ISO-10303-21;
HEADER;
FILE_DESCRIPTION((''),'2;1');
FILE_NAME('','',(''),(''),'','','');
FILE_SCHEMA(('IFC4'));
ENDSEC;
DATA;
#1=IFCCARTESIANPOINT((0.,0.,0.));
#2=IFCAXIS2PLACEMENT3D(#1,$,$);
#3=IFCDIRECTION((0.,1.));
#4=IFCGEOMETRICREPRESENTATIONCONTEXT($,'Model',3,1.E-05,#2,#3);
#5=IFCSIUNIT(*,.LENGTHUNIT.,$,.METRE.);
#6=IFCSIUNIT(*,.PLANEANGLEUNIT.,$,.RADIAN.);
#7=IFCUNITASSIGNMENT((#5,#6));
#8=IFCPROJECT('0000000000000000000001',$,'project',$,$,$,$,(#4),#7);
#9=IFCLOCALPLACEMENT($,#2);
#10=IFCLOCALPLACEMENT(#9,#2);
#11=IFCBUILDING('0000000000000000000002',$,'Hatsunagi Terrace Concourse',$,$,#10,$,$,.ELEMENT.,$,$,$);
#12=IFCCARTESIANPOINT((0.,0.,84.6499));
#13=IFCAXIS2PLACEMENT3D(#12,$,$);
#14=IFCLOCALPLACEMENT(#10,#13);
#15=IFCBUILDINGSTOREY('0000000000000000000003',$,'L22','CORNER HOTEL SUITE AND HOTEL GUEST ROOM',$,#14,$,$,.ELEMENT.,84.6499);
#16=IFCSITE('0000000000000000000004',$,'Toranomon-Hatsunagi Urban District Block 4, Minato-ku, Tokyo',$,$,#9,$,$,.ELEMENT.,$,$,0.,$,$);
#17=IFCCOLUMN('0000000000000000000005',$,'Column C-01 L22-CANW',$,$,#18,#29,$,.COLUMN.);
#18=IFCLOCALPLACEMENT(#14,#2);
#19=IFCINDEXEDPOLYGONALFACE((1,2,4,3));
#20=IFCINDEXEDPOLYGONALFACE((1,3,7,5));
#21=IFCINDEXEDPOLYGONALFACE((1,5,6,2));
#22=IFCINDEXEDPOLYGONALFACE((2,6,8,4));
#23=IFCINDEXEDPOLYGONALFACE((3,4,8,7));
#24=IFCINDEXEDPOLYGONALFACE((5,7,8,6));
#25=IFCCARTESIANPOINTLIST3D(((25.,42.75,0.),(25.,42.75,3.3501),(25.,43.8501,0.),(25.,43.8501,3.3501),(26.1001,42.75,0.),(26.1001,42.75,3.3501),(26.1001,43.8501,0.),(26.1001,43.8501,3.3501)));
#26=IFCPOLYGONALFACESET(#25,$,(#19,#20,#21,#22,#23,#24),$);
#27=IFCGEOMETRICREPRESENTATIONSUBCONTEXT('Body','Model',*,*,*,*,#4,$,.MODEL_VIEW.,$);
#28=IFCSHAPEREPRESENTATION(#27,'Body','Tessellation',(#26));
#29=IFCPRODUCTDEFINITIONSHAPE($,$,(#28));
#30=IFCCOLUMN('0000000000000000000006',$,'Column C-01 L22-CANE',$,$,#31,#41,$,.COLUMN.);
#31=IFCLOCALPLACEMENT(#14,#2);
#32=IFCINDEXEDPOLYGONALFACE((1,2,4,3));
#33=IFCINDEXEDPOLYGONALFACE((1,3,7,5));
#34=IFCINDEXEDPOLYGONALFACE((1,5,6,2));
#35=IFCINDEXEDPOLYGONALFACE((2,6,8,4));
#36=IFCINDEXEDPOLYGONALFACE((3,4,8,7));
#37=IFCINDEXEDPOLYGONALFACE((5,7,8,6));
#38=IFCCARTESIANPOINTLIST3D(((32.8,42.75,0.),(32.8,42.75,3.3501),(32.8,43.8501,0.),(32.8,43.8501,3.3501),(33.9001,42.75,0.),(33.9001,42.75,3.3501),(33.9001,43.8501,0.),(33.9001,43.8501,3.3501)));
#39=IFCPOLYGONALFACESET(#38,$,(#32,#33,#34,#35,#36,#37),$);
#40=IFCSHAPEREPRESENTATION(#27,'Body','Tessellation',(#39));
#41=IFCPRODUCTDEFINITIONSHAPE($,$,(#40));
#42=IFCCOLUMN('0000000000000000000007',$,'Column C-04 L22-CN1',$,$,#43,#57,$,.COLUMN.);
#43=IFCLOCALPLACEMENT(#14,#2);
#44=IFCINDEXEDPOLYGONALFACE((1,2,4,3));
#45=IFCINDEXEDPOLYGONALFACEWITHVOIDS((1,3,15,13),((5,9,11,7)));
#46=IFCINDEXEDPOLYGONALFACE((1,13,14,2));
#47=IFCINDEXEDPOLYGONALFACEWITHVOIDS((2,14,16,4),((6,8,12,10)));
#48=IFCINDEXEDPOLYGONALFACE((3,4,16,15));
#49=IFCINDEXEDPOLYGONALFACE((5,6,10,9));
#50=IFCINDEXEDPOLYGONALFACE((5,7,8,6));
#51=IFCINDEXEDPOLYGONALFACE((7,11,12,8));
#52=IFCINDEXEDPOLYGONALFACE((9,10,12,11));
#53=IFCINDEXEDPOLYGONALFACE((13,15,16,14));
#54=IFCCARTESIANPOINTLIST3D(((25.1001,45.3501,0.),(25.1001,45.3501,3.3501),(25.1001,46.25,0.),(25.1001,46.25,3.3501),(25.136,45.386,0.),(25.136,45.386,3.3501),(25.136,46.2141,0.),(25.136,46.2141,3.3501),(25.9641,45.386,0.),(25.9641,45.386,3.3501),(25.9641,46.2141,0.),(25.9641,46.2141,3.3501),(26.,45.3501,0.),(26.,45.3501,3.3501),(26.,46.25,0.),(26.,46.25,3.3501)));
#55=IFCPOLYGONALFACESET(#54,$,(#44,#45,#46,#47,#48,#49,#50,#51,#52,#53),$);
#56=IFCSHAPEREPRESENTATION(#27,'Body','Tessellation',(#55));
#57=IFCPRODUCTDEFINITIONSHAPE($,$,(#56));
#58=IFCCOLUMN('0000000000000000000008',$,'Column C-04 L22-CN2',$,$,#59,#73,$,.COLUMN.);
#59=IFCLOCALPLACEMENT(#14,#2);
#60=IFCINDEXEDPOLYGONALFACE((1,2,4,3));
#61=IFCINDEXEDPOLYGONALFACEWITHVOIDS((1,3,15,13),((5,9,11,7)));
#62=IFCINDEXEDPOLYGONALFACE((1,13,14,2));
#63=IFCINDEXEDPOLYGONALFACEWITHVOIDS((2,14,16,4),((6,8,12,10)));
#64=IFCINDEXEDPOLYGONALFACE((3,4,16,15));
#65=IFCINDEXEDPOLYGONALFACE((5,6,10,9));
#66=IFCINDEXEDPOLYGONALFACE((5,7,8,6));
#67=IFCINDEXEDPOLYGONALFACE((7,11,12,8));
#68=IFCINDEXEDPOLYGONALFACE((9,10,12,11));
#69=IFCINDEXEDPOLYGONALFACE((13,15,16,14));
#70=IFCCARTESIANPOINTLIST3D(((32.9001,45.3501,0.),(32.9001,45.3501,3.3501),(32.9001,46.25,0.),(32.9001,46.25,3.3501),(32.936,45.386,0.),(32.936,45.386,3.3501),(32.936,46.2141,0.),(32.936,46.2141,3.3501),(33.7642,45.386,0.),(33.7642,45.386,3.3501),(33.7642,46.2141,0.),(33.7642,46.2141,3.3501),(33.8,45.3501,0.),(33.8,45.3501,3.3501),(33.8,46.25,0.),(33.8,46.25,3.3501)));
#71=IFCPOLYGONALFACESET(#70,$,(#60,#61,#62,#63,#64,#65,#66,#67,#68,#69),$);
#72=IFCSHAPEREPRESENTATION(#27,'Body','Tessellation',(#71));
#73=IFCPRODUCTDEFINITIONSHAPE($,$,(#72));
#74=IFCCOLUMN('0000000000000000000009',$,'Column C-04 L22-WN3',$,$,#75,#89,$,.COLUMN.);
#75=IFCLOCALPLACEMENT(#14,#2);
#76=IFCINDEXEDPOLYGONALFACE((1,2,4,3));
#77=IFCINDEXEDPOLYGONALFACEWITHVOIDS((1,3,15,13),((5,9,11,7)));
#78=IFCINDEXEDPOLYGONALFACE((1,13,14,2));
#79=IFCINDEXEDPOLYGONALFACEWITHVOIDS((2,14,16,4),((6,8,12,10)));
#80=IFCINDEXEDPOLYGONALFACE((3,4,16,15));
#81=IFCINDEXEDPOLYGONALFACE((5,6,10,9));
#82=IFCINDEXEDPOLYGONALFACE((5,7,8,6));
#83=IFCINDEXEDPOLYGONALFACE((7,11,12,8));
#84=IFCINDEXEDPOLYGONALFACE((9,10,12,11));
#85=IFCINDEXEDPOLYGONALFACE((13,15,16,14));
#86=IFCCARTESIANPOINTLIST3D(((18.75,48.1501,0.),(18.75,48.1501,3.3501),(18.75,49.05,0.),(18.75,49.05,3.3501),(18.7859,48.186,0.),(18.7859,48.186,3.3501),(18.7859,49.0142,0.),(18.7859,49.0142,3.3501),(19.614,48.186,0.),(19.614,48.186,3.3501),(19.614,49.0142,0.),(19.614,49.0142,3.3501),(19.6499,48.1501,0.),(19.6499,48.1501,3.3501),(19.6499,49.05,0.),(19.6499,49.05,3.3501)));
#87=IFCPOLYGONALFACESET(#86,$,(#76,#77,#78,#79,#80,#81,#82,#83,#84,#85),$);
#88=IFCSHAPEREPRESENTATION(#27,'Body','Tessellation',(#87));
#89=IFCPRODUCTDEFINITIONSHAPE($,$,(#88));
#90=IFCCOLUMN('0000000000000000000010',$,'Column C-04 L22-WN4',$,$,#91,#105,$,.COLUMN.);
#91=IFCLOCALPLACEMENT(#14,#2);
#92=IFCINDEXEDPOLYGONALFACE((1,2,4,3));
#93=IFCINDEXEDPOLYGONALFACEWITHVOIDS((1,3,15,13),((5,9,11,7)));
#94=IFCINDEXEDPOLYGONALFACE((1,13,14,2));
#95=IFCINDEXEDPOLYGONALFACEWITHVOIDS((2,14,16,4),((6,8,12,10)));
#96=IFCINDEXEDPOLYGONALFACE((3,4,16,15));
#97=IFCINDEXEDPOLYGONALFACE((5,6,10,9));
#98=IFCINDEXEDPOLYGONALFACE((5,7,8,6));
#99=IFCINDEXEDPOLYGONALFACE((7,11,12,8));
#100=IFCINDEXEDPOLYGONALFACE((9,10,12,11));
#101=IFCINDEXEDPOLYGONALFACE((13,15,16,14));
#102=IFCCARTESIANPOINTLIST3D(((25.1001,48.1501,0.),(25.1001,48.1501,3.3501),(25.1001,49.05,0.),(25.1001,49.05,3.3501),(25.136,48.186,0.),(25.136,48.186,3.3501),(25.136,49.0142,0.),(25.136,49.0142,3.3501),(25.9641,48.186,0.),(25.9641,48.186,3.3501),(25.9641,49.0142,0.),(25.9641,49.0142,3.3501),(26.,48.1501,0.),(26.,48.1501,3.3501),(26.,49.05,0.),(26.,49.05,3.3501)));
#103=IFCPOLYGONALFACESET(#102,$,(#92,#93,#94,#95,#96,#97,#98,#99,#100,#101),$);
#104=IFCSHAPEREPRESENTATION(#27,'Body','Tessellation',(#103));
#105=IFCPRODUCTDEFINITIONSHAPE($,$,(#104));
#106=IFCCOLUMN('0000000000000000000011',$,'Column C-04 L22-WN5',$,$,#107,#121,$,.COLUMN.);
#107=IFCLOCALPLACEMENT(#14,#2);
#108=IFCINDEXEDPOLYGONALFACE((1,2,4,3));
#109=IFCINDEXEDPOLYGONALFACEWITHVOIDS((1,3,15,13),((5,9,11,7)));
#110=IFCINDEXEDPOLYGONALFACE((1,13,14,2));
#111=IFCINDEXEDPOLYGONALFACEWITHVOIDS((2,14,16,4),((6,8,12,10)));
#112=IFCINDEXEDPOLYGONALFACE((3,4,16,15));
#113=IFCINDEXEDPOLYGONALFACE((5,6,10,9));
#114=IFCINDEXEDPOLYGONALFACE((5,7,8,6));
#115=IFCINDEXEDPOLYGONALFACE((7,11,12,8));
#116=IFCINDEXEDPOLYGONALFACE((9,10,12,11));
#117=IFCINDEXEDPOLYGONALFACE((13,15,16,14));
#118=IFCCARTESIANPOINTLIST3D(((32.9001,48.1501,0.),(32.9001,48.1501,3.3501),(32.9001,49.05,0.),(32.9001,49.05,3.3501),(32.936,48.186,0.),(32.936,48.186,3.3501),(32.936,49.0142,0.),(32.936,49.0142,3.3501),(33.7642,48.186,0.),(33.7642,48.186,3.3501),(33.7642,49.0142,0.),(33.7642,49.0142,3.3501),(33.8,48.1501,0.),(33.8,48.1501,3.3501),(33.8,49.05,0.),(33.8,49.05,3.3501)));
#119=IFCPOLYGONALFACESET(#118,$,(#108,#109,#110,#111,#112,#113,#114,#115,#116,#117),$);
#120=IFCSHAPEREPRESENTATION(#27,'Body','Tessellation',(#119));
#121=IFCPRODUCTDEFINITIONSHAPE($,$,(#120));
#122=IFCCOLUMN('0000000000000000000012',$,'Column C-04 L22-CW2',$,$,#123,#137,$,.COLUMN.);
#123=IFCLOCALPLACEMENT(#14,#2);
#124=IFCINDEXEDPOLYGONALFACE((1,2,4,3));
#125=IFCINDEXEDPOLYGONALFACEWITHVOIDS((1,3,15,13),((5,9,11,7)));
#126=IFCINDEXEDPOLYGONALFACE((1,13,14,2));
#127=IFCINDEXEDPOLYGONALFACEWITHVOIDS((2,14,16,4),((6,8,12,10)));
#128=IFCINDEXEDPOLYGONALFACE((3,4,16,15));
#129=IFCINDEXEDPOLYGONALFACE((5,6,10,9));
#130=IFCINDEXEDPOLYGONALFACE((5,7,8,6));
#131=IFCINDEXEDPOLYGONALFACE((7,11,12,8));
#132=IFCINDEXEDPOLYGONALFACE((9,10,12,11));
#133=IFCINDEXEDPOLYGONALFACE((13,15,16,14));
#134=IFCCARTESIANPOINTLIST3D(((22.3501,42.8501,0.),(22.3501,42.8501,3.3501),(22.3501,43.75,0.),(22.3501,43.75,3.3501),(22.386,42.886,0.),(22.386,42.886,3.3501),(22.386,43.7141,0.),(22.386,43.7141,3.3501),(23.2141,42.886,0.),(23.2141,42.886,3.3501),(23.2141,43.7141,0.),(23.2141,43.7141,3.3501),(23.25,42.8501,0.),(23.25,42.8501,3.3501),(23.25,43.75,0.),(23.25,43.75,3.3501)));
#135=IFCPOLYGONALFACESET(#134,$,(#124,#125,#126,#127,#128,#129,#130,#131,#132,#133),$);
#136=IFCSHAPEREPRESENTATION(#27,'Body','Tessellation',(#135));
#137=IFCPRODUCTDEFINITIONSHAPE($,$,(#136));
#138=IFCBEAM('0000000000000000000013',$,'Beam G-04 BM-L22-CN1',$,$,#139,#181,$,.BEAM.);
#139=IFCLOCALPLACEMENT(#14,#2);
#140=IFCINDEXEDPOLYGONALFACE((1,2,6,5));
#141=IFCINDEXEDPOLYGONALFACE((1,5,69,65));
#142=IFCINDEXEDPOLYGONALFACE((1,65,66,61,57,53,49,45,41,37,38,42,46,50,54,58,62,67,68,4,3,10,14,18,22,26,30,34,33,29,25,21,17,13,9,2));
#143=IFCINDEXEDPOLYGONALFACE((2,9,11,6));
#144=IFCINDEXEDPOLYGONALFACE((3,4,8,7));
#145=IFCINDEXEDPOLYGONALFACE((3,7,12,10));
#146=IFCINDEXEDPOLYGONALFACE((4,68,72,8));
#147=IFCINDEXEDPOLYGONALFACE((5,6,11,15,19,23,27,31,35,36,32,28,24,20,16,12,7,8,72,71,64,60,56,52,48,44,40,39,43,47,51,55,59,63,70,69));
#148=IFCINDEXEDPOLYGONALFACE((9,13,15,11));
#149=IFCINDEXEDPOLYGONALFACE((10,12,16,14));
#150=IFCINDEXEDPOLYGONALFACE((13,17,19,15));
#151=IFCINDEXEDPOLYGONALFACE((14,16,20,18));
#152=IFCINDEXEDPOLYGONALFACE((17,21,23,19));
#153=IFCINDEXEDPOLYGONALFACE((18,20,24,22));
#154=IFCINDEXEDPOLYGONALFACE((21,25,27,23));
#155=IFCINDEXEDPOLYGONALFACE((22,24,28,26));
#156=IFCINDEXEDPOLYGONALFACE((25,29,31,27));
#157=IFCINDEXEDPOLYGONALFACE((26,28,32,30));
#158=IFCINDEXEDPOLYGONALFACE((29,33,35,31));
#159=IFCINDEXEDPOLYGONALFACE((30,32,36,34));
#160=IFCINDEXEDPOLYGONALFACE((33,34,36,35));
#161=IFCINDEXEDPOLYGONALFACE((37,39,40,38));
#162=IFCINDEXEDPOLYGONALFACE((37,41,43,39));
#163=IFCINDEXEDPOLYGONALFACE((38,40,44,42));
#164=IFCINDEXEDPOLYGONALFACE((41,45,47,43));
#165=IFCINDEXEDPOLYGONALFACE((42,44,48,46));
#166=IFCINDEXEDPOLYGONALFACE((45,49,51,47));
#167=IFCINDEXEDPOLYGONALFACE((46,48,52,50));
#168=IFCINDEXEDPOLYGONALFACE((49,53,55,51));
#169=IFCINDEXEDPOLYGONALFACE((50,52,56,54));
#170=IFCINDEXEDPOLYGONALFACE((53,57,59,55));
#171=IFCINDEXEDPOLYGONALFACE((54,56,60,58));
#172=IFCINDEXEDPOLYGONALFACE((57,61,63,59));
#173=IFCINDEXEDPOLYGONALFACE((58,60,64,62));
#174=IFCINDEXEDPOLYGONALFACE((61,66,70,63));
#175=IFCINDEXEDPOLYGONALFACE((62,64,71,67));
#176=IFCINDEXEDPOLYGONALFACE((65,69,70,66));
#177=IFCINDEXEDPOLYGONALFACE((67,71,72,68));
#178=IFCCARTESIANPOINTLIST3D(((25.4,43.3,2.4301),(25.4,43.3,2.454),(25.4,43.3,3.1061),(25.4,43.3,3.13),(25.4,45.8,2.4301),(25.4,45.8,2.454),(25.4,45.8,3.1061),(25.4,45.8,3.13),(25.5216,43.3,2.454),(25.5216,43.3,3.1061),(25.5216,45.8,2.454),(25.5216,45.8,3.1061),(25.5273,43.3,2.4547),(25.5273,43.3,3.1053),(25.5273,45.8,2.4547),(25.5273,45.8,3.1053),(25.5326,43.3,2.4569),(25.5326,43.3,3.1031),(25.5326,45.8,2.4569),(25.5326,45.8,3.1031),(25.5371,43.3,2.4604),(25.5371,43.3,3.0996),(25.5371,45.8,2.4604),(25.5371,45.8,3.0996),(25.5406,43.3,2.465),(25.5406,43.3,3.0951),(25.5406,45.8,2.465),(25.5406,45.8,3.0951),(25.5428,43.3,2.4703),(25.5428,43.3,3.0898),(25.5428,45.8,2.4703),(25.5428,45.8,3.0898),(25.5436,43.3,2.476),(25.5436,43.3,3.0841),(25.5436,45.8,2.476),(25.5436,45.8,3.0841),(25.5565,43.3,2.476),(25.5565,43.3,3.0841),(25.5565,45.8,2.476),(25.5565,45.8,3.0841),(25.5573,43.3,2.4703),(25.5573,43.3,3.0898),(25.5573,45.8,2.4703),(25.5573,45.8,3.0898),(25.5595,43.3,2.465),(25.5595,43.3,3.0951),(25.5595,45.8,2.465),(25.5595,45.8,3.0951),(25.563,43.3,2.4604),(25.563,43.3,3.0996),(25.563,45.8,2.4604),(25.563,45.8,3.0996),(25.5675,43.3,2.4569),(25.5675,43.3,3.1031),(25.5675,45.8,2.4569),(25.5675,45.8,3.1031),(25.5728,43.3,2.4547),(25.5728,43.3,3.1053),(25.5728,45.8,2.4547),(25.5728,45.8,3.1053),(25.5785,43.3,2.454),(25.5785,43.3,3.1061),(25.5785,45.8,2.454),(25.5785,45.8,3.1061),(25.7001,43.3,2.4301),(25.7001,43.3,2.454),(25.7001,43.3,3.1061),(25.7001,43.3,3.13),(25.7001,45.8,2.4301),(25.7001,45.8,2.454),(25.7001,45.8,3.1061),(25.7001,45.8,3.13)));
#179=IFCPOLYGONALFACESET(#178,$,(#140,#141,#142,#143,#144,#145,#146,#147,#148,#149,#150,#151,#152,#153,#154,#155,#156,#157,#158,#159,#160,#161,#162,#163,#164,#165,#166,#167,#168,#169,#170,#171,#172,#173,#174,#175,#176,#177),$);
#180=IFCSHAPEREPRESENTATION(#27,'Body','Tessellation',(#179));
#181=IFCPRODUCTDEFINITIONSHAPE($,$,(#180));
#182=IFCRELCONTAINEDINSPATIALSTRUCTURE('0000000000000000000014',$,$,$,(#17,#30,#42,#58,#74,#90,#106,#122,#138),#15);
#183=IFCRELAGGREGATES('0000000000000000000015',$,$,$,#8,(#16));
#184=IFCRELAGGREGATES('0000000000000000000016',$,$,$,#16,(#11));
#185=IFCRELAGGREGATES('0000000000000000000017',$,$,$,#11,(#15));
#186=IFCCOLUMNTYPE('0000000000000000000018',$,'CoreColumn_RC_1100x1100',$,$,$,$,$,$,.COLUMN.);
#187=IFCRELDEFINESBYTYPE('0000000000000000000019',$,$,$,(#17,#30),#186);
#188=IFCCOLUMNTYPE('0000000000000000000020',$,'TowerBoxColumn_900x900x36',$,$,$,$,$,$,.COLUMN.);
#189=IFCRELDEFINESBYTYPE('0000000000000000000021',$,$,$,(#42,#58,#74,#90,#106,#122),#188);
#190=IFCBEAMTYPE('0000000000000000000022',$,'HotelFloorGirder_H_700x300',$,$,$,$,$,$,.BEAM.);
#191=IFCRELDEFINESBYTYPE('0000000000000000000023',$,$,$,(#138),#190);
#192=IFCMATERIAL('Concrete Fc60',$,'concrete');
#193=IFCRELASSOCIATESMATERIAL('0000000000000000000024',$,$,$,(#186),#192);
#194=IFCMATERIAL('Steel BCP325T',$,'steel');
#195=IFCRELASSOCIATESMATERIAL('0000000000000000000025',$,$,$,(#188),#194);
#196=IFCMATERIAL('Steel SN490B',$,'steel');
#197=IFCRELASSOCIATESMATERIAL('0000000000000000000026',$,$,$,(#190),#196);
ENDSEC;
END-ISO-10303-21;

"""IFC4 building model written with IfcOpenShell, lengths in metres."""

from ifc_helpers import new_model, si_unit, direction, frame, origin, origin_2d, place, context, subcontext, project, spatial, rectangle, hollow_rectangle, i_section, extrude, material, material_profile, profile_set, type_object, element, save


model = new_model("IFC4")

# Units and contexts
model_context = context("Model", 3, precision=1e-05, world=origin(), true_north=direction((0.0, 1.0)))
body_context = subcontext(model_context, "Body", "Model", "MODEL_VIEW")
ifc_project = project(units=[si_unit("LENGTHUNIT", "METRE"), si_unit("PLANEANGLEUNIT", "RADIAN")], contexts=[model_context])

# Site, building, storey
site_placement = place(None, origin())
site = spatial("IfcSite", under=ifc_project, at=site_placement, Name="Toranomon-Hatsunagi Urban District Block 4, Minato-ku, Tokyo", CompositionType="ELEMENT", RefElevation=0.0)
building_placement = place(site_placement, origin())
building = spatial("IfcBuilding", under=site, at=building_placement, Name="Hatsunagi Terrace Concourse", CompositionType="ELEMENT")
storey_placement = place(building_placement, frame((0.0, 0.0, 84.6499)))
storey = spatial("IfcBuildingStorey", under=building, at=storey_placement, Name="L22", Description="CORNER HOTEL SUITE AND HOTEL GUEST ROOM", CompositionType="ELEMENT", Elevation=84.6499)

# Columns
ifc_material_1 = material(Name="Concrete Fc60", Category="concrete")
ifc_material_profile_1 = material_profile(ifc_material_1, rectangle(XDim=1.1001, YDim=1.1001, at=origin_2d()), Name="RC-1100x1100")
ifc_profile_set_1 = profile_set([ifc_material_profile_1], Name="Concrete Fc60")
column_type_1 = type_object("IfcColumnType", Name="CoreColumn_RC_1100x1100", PredefinedType="COLUMN", material=ifc_profile_set_1)
for number, where, z_axis, x_axis, name in (
    (1, (25.55, 43.3, 0.0), (0.0, 0.0, 1.0), (1.0, 0.0, 0.0), "Column C-01 L22-CANW"),
    (2, (33.3501, 43.3, 0.0), (0.0, 0.0, 1.0), (1.0, 0.0, 0.0), "Column C-01 L22-CANE"),
):
    element("IfcColumn", number, at=place(storey_placement, frame(where, z_axis=z_axis, x_axis=x_axis)), inside=storey, type_object=column_type_1, Name=name, PredefinedType="COLUMN", context=body_context, shape_type="SweptSolid", body=[
        extrude(rectangle(XDim=1.1001, YDim=1.1001, at=origin_2d()), origin(), (0.0, 0.0, 1.0), 3.3501),
    ])
ifc_material_2 = material(Name="Steel BCP325T", Category="steel")
ifc_material_profile_2 = material_profile(ifc_material_2, hollow_rectangle(XDim=0.8999, YDim=0.8999, WallThickness=0.0359, at=origin_2d()), Name="BCP-900x900x36")
ifc_profile_set_2 = profile_set([ifc_material_profile_2], Name="Steel BCP325T")
column_type_2 = type_object("IfcColumnType", Name="TowerBoxColumn_900x900x36", PredefinedType="COLUMN", material=ifc_profile_set_2)
for number, where, z_axis, x_axis, name in (
    (3, (25.55, 45.8, 0.0), (0.0, 0.0, 1.0), (1.0, 0.0, 0.0), "Column C-04 L22-CN1"),
    (4, (33.3501, 45.8, 0.0), (0.0, 0.0, 1.0), (1.0, 0.0, 0.0), "Column C-04 L22-CN2"),
    (5, (19.2, 48.6001, 0.0), (0.0, 0.0, 1.0), (1.0, 0.0, 0.0), "Column C-04 L22-WN3"),
    (6, (25.55, 48.6001, 0.0), (0.0, 0.0, 1.0), (1.0, 0.0, 0.0), "Column C-04 L22-WN4"),
    (7, (33.3501, 48.6001, 0.0), (0.0, 0.0, 1.0), (1.0, 0.0, 0.0), "Column C-04 L22-WN5"),
    (8, (22.8, 43.3, 0.0), (0.0, 0.0, 1.0), (1.0, 0.0, 0.0), "Column C-04 L22-CW2"),
):
    element("IfcColumn", number, at=place(storey_placement, frame(where, z_axis=z_axis, x_axis=x_axis)), inside=storey, type_object=column_type_2, Name=name, PredefinedType="COLUMN", context=body_context, shape_type="SweptSolid", body=[
        extrude(hollow_rectangle(XDim=0.8999, YDim=0.8999, WallThickness=0.0359, at=origin_2d()), origin(), (0.0, 0.0, 1.0), 3.3501),
    ])

# Beam
ifc_material_3 = material(Name="Steel SN490B", Category="steel")
ifc_material_profile_3 = material_profile(ifc_material_3, i_section(OverallWidth=0.3, OverallDepth=0.7, WebThickness=0.0129, FlangeThickness=0.0239, FilletRadius=0.022, at=origin_2d()), Name="H-700x300x13x24")
ifc_profile_set_3 = profile_set([ifc_material_profile_3], Name="Steel SN490B")
beam_type_1 = type_object("IfcBeamType", Name="HotelFloorGirder_H_700x300", PredefinedType="BEAM", material=ifc_profile_set_3)
beam_1_placement = place(storey_placement, frame((25.55, 43.3, 2.78), z_axis=(0.0, 1.0, 0.0), x_axis=(-1.0, 0.0, 0.0)))
element("IfcBeam", 9, at=beam_1_placement, inside=storey, type_object=beam_type_1, Name="Beam G-04 BM-L22-CN1", PredefinedType="BEAM", context=body_context, shape_type="SweptSolid", body=[
    extrude(i_section(OverallWidth=0.3, OverallDepth=0.7, WebThickness=0.0129, FlangeThickness=0.0239, FilletRadius=0.022, at=origin_2d()), origin(), (0.0, 0.0, 1.0), 2.5),
])

save(model, "model.ifc")
